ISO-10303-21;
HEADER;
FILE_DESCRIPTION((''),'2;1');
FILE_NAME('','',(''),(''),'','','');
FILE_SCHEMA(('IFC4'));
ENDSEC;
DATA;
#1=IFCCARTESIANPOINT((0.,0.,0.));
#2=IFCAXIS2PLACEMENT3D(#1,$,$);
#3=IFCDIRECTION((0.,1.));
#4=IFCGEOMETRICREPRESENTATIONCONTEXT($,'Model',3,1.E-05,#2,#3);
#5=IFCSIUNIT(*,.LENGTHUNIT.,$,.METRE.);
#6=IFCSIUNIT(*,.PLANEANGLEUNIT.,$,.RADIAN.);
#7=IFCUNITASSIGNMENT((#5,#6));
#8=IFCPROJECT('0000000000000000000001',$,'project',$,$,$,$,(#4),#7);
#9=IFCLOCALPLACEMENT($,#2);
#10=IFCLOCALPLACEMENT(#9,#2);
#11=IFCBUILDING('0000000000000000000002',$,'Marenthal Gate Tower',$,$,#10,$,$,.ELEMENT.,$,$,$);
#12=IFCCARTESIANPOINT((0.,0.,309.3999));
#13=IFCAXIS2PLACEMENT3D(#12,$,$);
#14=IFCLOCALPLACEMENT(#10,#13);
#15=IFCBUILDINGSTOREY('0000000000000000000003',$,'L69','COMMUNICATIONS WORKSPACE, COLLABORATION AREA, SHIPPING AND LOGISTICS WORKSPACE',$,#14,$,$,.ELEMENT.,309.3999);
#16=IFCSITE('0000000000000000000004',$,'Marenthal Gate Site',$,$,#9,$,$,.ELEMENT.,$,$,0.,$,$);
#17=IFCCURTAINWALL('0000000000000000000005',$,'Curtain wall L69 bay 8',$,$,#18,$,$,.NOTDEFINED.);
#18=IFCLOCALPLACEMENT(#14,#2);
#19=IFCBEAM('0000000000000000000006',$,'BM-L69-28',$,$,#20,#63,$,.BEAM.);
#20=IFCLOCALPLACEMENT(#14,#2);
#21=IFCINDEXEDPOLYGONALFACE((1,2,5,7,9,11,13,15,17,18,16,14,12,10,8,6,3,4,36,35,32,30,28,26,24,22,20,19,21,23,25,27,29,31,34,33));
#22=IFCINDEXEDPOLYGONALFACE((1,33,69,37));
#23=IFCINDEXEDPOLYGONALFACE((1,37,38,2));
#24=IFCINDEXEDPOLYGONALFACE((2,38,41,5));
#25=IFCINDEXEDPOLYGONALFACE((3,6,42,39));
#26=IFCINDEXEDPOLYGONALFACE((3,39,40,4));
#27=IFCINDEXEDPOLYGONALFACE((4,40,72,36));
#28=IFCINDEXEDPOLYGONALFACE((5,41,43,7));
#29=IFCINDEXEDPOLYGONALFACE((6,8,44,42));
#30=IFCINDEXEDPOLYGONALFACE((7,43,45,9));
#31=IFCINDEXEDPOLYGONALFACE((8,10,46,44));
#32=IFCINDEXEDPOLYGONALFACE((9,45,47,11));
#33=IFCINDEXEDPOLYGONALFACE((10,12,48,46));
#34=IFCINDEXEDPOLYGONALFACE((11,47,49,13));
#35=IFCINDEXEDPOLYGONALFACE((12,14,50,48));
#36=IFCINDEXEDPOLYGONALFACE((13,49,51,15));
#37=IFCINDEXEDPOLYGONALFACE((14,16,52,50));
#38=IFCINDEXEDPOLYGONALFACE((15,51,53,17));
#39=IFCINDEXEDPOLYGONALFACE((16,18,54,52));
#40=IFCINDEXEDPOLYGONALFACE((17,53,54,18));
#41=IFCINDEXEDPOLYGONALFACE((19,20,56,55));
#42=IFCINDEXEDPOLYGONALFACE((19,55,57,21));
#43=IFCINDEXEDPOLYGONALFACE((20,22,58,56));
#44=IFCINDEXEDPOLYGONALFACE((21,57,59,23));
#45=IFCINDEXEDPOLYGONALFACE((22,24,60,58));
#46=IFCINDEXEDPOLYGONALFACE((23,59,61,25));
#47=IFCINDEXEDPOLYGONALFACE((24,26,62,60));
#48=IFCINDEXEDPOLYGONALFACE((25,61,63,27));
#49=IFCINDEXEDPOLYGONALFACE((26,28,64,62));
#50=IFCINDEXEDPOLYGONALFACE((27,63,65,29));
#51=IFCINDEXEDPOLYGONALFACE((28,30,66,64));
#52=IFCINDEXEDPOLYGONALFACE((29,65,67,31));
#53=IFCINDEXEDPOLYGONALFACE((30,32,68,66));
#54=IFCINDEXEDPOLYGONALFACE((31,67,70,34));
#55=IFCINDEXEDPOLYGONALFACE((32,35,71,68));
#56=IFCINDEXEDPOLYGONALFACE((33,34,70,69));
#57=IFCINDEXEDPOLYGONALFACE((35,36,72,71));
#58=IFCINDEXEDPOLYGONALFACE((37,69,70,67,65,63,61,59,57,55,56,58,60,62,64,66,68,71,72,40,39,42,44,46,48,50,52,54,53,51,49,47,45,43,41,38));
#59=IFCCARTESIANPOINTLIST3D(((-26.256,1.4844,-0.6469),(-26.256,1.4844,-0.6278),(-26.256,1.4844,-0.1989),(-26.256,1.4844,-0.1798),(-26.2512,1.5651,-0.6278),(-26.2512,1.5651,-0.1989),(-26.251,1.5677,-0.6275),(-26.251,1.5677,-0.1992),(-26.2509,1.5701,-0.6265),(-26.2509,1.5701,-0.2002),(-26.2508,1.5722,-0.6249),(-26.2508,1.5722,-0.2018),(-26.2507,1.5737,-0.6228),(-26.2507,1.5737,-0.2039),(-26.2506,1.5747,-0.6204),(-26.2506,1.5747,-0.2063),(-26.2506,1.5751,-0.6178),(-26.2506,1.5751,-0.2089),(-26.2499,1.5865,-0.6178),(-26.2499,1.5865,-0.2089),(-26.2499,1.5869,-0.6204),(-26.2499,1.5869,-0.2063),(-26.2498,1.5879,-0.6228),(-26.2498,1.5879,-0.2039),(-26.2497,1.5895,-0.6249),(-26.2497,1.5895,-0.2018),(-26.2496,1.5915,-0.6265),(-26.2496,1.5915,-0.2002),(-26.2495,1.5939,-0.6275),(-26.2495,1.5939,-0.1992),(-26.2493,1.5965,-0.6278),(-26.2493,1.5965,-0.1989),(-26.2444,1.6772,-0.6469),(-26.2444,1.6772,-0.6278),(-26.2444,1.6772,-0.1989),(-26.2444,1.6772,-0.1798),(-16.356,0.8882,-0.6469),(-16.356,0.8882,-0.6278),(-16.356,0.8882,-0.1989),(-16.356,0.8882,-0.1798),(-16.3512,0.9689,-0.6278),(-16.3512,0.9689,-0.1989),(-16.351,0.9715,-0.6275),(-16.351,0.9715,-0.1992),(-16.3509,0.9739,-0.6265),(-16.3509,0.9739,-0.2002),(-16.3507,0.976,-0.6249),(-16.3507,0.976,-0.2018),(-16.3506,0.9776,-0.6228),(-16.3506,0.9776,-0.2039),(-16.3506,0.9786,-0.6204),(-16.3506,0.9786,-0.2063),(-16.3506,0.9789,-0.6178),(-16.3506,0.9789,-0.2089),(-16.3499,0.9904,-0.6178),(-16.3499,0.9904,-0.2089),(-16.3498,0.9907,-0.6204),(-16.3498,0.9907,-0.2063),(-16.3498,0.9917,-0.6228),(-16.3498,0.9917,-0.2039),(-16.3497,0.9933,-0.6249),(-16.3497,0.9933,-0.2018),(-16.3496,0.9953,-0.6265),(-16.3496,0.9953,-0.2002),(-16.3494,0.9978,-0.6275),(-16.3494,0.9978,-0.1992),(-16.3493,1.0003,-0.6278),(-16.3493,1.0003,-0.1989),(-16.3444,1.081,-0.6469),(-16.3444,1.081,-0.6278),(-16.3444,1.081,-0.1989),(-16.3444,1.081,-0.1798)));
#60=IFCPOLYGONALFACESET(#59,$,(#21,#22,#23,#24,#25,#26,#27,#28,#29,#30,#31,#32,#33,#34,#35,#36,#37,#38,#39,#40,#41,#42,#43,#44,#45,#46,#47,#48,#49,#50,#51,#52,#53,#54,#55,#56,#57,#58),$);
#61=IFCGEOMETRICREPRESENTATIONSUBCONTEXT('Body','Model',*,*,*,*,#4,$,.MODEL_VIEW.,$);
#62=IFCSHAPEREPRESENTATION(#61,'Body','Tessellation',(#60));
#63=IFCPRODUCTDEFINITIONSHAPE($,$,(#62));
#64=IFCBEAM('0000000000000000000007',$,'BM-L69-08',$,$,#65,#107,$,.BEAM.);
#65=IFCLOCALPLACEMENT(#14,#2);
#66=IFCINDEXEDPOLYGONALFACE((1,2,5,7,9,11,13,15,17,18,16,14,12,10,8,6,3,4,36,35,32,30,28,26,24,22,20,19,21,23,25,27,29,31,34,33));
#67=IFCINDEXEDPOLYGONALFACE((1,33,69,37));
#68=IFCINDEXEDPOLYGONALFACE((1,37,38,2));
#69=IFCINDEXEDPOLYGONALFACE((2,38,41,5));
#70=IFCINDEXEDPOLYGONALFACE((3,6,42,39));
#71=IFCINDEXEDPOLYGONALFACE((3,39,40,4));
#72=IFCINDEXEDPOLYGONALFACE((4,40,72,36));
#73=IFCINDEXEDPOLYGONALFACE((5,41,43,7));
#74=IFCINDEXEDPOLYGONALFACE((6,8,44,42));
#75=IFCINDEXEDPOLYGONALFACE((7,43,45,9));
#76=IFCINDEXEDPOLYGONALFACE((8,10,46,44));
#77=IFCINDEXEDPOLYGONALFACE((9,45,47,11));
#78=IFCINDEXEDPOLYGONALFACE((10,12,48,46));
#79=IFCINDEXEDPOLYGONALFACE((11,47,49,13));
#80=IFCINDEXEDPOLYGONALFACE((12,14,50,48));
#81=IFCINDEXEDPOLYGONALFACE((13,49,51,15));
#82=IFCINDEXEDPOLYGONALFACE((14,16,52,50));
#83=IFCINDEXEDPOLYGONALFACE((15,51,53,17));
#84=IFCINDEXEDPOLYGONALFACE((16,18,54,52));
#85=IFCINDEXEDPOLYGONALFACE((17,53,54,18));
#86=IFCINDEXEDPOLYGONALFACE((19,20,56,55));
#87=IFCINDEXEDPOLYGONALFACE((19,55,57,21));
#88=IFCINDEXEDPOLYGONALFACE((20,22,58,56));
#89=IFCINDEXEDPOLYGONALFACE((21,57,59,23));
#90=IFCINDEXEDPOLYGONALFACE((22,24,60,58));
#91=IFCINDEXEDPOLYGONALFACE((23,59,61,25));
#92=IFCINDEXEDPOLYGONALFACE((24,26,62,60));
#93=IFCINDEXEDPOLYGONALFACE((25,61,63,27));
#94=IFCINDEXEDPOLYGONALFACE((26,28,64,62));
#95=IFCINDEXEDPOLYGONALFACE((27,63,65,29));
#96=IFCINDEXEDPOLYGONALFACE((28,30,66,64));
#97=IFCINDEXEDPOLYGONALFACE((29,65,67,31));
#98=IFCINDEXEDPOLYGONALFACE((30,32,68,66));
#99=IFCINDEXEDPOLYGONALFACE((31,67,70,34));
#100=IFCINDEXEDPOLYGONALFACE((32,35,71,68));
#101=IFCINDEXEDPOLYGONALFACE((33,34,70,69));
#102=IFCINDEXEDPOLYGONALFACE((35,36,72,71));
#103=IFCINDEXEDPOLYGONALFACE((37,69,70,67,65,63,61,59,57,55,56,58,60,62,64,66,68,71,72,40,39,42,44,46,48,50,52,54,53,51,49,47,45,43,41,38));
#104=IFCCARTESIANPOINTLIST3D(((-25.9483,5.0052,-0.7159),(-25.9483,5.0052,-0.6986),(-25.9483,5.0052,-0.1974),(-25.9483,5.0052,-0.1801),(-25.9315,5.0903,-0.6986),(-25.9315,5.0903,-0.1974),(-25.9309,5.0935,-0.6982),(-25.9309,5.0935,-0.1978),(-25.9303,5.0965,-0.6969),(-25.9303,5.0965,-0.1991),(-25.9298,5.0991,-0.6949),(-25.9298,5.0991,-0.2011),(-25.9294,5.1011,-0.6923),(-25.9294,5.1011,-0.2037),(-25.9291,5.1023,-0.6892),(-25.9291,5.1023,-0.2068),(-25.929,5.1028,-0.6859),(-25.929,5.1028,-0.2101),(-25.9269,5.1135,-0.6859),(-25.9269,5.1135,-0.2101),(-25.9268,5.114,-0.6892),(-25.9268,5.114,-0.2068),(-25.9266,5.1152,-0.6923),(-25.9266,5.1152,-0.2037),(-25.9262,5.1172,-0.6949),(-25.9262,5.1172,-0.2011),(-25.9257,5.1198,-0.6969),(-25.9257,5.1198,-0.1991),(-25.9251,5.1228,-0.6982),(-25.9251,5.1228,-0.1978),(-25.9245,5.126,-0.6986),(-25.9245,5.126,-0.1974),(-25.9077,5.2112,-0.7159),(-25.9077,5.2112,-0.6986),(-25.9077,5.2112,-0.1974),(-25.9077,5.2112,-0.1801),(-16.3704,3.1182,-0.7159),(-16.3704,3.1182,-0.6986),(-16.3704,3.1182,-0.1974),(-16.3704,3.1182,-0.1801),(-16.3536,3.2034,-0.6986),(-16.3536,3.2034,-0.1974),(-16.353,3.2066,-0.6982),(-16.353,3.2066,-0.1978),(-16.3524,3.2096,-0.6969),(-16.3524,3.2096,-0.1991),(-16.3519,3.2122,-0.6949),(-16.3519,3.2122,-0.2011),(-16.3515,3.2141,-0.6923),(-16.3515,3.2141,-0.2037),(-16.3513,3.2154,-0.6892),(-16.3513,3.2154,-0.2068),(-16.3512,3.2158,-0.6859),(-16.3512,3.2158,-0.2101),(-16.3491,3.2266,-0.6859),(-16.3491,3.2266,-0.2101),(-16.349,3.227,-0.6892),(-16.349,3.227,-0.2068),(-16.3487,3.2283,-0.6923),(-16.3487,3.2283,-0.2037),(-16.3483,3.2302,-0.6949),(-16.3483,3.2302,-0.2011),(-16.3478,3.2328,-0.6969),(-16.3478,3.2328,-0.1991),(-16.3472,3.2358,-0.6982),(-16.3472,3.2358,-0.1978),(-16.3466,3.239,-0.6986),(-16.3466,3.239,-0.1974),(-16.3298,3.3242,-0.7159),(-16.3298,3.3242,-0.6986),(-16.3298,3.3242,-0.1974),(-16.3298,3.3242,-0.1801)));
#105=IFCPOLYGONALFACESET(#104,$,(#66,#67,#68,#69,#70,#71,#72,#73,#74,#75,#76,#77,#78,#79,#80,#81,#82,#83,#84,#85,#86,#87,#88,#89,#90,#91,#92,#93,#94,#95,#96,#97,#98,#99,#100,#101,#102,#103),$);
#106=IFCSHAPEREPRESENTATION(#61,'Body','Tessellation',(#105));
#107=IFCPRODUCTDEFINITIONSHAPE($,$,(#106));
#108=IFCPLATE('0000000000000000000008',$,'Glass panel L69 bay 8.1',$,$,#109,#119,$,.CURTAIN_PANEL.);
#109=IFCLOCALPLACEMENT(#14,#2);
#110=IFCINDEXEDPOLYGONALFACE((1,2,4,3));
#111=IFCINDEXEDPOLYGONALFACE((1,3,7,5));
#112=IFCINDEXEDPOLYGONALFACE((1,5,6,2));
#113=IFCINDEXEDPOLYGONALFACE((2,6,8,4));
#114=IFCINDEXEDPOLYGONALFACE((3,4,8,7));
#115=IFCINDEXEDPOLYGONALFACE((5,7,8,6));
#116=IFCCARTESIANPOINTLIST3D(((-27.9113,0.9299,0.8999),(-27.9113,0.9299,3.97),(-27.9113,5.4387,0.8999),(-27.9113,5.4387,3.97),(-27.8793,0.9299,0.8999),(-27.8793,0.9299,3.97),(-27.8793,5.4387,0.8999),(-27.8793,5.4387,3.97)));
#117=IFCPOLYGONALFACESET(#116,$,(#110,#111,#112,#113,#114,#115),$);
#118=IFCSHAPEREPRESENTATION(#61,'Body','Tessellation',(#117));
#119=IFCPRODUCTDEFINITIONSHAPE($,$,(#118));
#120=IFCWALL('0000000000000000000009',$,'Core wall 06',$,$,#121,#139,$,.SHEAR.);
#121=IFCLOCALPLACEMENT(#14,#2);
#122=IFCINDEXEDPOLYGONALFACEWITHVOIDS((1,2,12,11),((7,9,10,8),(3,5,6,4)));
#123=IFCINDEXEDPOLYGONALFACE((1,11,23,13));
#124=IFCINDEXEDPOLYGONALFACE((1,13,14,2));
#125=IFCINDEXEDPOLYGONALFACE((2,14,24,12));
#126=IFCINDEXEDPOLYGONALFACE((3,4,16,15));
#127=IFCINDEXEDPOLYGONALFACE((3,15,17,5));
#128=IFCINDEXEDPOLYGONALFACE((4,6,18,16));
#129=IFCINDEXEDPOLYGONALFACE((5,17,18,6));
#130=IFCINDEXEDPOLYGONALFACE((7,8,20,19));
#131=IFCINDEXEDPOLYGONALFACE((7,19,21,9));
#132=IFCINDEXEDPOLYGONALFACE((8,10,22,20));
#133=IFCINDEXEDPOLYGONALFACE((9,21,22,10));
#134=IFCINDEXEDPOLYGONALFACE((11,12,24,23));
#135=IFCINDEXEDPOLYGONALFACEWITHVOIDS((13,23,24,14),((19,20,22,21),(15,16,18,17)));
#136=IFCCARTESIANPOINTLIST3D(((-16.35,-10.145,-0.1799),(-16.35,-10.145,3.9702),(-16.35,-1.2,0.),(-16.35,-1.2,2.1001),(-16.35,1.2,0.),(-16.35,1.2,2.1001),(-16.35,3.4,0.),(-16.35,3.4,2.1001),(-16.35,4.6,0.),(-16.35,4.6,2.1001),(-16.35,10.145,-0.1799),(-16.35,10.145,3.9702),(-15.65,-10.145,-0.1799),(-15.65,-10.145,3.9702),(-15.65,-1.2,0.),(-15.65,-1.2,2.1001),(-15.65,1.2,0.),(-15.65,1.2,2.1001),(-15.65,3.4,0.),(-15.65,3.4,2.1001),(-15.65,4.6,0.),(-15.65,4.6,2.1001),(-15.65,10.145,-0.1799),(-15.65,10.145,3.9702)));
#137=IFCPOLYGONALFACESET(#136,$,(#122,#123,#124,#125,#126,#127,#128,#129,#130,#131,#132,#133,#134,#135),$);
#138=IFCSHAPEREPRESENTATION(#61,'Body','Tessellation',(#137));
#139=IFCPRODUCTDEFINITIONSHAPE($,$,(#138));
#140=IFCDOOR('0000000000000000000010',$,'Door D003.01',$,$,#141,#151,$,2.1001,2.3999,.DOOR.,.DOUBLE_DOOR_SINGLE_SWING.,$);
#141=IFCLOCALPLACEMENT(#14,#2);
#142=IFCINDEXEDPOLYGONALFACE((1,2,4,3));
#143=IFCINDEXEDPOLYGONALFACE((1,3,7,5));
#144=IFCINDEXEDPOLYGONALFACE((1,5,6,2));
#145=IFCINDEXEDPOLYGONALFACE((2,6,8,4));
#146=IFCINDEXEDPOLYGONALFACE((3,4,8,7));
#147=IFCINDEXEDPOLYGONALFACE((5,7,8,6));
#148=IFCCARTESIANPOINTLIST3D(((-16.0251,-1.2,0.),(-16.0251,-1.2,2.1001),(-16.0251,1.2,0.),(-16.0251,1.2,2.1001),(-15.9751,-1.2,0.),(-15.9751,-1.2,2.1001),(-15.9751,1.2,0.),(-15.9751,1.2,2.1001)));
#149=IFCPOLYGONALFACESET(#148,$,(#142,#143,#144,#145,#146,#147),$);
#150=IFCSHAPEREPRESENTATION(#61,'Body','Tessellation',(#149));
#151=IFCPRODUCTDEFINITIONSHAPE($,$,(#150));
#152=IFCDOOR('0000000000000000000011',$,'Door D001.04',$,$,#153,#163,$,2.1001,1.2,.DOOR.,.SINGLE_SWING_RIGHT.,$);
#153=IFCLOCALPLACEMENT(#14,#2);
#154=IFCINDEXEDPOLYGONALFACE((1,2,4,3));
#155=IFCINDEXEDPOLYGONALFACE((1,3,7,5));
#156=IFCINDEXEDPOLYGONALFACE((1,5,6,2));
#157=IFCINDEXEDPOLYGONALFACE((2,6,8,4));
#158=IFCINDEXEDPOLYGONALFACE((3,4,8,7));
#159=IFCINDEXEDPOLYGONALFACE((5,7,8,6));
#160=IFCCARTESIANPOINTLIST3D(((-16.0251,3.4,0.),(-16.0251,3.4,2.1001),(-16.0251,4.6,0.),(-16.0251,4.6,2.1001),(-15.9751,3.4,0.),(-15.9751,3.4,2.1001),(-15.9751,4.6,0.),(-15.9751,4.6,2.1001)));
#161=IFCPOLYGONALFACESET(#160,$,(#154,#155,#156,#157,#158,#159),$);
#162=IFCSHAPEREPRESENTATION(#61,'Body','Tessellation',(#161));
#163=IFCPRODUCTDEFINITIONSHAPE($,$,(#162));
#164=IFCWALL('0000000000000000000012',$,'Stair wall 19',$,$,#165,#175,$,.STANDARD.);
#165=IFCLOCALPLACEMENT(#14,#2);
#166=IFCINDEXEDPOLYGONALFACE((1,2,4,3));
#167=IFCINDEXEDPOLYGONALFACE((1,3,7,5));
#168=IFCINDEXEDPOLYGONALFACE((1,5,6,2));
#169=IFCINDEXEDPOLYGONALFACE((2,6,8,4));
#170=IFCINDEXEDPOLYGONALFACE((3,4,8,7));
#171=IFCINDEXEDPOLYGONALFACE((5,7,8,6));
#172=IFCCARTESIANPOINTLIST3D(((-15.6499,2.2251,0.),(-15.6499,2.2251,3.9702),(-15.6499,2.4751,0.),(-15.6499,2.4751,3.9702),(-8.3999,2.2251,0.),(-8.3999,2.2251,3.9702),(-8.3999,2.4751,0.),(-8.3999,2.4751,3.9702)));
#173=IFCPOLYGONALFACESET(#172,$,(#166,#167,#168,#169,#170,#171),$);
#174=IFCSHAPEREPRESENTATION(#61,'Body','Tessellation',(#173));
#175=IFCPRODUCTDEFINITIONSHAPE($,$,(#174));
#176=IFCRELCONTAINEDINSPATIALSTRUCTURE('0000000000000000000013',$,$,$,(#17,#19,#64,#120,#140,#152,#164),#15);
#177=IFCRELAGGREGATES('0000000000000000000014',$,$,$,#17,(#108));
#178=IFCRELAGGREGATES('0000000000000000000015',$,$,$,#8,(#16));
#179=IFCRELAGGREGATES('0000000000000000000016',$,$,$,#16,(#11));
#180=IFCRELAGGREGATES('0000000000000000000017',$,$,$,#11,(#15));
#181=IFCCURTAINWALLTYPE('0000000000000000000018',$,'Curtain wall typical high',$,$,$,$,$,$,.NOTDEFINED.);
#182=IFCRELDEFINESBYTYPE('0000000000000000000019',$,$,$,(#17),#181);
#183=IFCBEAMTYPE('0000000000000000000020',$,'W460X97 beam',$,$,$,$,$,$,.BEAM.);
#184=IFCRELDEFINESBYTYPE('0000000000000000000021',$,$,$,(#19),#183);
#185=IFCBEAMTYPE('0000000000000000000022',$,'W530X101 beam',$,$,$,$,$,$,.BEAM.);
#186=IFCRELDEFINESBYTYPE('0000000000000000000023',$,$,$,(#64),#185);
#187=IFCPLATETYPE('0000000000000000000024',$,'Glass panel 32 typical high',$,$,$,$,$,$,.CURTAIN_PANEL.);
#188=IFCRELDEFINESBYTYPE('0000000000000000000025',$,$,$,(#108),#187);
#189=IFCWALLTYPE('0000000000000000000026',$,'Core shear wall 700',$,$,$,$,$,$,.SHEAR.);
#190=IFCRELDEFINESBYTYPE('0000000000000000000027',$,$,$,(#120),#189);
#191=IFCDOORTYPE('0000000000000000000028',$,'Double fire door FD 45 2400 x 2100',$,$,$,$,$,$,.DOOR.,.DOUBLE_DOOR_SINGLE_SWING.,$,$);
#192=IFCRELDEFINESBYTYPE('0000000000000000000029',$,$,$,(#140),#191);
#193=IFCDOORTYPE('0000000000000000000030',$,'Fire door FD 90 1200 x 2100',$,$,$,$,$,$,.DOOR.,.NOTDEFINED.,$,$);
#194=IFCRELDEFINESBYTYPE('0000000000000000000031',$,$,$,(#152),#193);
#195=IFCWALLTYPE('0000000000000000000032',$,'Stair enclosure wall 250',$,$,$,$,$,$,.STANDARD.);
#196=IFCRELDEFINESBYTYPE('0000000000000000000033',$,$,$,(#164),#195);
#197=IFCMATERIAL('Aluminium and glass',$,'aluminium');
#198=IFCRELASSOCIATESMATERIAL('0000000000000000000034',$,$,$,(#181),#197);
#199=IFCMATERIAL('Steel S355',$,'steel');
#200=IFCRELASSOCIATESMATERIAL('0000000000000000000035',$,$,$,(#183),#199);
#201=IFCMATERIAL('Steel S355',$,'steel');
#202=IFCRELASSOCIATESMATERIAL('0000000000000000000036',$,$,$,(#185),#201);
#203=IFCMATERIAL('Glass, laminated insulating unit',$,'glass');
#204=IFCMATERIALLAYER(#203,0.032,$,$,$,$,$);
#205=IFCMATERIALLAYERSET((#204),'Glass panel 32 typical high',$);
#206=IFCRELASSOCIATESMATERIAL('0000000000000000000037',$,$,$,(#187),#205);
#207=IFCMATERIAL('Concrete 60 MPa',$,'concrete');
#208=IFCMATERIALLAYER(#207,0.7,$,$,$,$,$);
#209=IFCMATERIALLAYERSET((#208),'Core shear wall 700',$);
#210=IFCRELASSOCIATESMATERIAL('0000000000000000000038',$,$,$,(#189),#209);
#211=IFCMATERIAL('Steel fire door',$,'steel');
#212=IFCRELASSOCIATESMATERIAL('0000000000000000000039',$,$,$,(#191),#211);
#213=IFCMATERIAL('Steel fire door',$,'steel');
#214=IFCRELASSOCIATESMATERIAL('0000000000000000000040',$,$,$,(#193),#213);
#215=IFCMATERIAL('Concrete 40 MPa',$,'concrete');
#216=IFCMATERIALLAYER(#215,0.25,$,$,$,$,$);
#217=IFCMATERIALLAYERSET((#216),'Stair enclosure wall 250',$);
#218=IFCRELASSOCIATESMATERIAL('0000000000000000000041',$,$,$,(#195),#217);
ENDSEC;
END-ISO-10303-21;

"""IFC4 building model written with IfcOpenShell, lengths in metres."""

from ifc_helpers import new_model, si_unit, direction, frame, frame_2d, origin, origin_2d, place, context, subcontext, project, spatial, rectangle, i_section, extrude, material, layer, layer_set, material_profile, profile_set, type_object, element, fill, aggregate, save


model = new_model("IFC4")

# Units and contexts
model_context = context("Model", 3, precision=1e-05, world=origin(), true_north=direction((0.0, 1.0)))
body_context = subcontext(model_context, "Body", "Model", "MODEL_VIEW")
ifc_project = project(units=[si_unit("LENGTHUNIT", "METRE"), si_unit("PLANEANGLEUNIT", "RADIAN")], contexts=[model_context])

# Site, building, storey
site_placement = place(None, origin())
site = spatial("IfcSite", under=ifc_project, at=site_placement, Name="Marenthal Gate Site", CompositionType="ELEMENT", RefElevation=0.0)
building_placement = place(site_placement, origin())
building = spatial("IfcBuilding", under=site, at=building_placement, Name="Marenthal Gate Tower", CompositionType="ELEMENT")
storey_placement = place(building_placement, frame((0.0, 0.0, 309.3999)))
storey = spatial("IfcBuildingStorey", under=building, at=storey_placement, Name="L69", Description="COMMUNICATIONS WORKSPACE, COLLABORATION AREA, SHIPPING AND LOGISTICS WORKSPACE", CompositionType="ELEMENT", Elevation=309.3999)

# Curtain wall
ifc_material_1 = material(Name="Aluminium and glass", Category="aluminium")
curtain_wall_type = type_object("IfcCurtainWallType", Name="Curtain wall typical high", PredefinedType="NOTDEFINED", material=ifc_material_1)
curtain_wall_placement = place(storey_placement, origin())
curtain_wall = element("IfcCurtainWall", 1, at=curtain_wall_placement, inside=storey, type_object=curtain_wall_type, Name="Curtain wall L69 bay 8", PredefinedType="NOTDEFINED")

# Beams
ifc_material_2 = material(Name="Steel S355", Category="steel")
ifc_material_profile_1 = material_profile(ifc_material_2, i_section(OverallWidth=0.1931, OverallDepth=0.467, WebThickness=0.0115, FlangeThickness=0.019, FilletRadius=0.01, at=origin_2d()), Name="W460X97")
ifc_profile_set_1 = profile_set([ifc_material_profile_1], Name="Steel S355")
beam_type_1 = type_object("IfcBeamType", Name="W460X97 beam", PredefinedType="BEAM", material=ifc_profile_set_1)
beam_1_placement = place(storey_placement, frame((-26.2502, 1.5808, -0.4133), z_axis=(0.998192, -0.060112, 0.0), x_axis=(0.060112, 0.998192, 0.0)))
element("IfcBeam", 2, at=beam_1_placement, inside=storey, type_object=beam_type_1, Name="BM-L69-28", PredefinedType="BEAM", context=body_context, shape_type="SweptSolid", body=[
    extrude(i_section(OverallWidth=0.1931, OverallDepth=0.467, WebThickness=0.0115, FlangeThickness=0.019, FilletRadius=0.01, at=origin_2d()), origin(), (0.0, 0.0, 1.0), 9.918),
])
ifc_material_3 = material(Name="Steel S355", Category="steel")
ifc_material_profile_2 = material_profile(ifc_material_3, i_section(OverallWidth=0.21, OverallDepth=0.5359, WebThickness=0.011, FlangeThickness=0.0173, FilletRadius=0.0127, at=origin_2d()), Name="W530X101")
ifc_profile_set_2 = profile_set([ifc_material_profile_2], Name="Steel S355")
beam_type_2 = type_object("IfcBeamType", Name="W530X101 beam", PredefinedType="BEAM", material=ifc_profile_set_2)
beam_2_placement = place(storey_placement, frame((-25.928, 5.1082, -0.448), z_axis=(0.98114, -0.193297, 0.0), x_axis=(0.193297, 0.98114, 0.0)))
element("IfcBeam", 3, at=beam_2_placement, inside=storey, type_object=beam_type_2, Name="BM-L69-08", PredefinedType="BEAM", context=body_context, shape_type="SweptSolid", body=[
    extrude(i_section(OverallWidth=0.21, OverallDepth=0.5359, WebThickness=0.011, FlangeThickness=0.0173, FilletRadius=0.0127, at=origin_2d()), origin(), (0.0, 0.0, 1.0), 9.762),
])

# Plate
ifc_material_4 = material(Name="Glass, laminated insulating unit", Category="glass")
ifc_layer_1 = layer(ifc_material_4, 0.032)
ifc_layer_set_1 = layer_set([ifc_layer_1], Name="Glass panel 32 typical high")
plate_type = type_object("IfcPlateType", Name="Glass panel 32 typical high", PredefinedType="CURTAIN_PANEL", material=ifc_layer_set_1)
plate_placement = place(storey_placement, frame((-27.8953, 3.1843, 0.8999), z_axis=(0.0, 0.0, 1.0), x_axis=(0.0, -1.0, 0.0)))
plate = element("IfcPlate", 4, at=plate_placement, type_object=plate_type, Name="Glass panel L69 bay 8.1", PredefinedType="CURTAIN_PANEL", context=body_context, shape_type="SweptSolid", body=[
    extrude(rectangle(XDim=4.5088, YDim=0.032, at=origin_2d()), origin(), (0.0, 0.0, 1.0), 3.0701),
])
aggregate(curtain_wall, [plate])

# Wall, openings, doors
ifc_material_5 = material(Name="Concrete 60 MPa", Category="concrete")
ifc_layer_2 = layer(ifc_material_5, 0.7)
ifc_layer_set_2 = layer_set([ifc_layer_2], Name="Core shear wall 700")
wall_type_1 = type_object("IfcWallType", Name="Core shear wall 700", PredefinedType="SHEAR", material=ifc_layer_set_2)
wall_1_placement = place(storey_placement, frame((-16.0, 10.145, -0.1799), z_axis=(0.0, 0.0, 1.0), x_axis=(0.0, -1.0, 0.0)))
wall_1 = element("IfcWall", 5, at=wall_1_placement, inside=storey, type_object=wall_type_1, Name="Core wall 06", PredefinedType="SHEAR", context=body_context, shape_type="SweptSolid", body=[
    extrude(rectangle(XDim=20.29, YDim=0.7, at=frame_2d((10.145, 0.0))), origin(), (0.0, 0.0, 1.0), 4.1501),
])
opening_1_placement = place(wall_1_placement, frame((8.9451, 0.0, 0.1799)))
opening_1 = element("IfcOpeningElement", 6, at=opening_1_placement, cuts=wall_1, PredefinedType="OPENING", context=body_context, shape_type="SweptSolid", body=[
    extrude(rectangle(XDim=2.3999, YDim=2.1001, at=frame_2d((1.2, 1.05))), frame((0.0, 0.3599, 0.0), z_axis=(0.0, -1.0, 0.0), x_axis=(1.0, 0.0, 0.0)), (0.0, 0.0, 1.0), 0.72),
])
opening_2_placement = place(wall_1_placement, frame((5.5449, 0.0, 0.1799)))
opening_2 = element("IfcOpeningElement", 7, at=opening_2_placement, cuts=wall_1, PredefinedType="OPENING", context=body_context, shape_type="SweptSolid", body=[
    extrude(rectangle(XDim=1.2, YDim=2.1001, at=frame_2d((0.6001, 1.05))), frame((0.0, 0.3599, 0.0), z_axis=(0.0, -1.0, 0.0), x_axis=(1.0, 0.0, 0.0)), (0.0, 0.0, 1.0), 0.72),
])
ifc_material_6 = material(Name="Steel fire door", Category="steel")
door_type_1 = type_object("IfcDoorType", Name="Double fire door FD 45 2400 x 2100", OperationType="DOUBLE_DOOR_SINGLE_SWING", PredefinedType="DOOR", material=ifc_material_6)
door_1_placement = place(opening_1_placement, origin())
door_1 = element("IfcDoor", 8, at=door_1_placement, inside=storey, type_object=door_type_1, Name="Door D003.01", OperationType="DOUBLE_DOOR_SINGLE_SWING", OverallHeight=2.1001, OverallWidth=2.3999, PredefinedType="DOOR", context=body_context, shape_type="SweptSolid", body=[
    extrude(rectangle(XDim=2.3999, YDim=2.1001, at=frame_2d((1.2, 1.05))), frame((0.0, 0.0249, 0.0), z_axis=(0.0, -1.0, 0.0), x_axis=(1.0, 0.0, 0.0)), (0.0, 0.0, 1.0), 0.05),
])
fill(opening_1, door_1)
ifc_material_7 = material(Name="Steel fire door", Category="steel")
door_type_2 = type_object("IfcDoorType", Name="Fire door FD 90 1200 x 2100", OperationType="NOTDEFINED", PredefinedType="DOOR", material=ifc_material_7)
door_2_placement = place(opening_2_placement, origin())
door_2 = element("IfcDoor", 9, at=door_2_placement, inside=storey, type_object=door_type_2, Name="Door D001.04", OperationType="SINGLE_SWING_RIGHT", OverallHeight=2.1001, OverallWidth=1.2, PredefinedType="DOOR", context=body_context, shape_type="SweptSolid", body=[
    extrude(rectangle(XDim=1.2, YDim=2.1001, at=frame_2d((0.6001, 1.05))), frame((0.0, 0.0249, 0.0), z_axis=(0.0, -1.0, 0.0), x_axis=(1.0, 0.0, 0.0)), (0.0, 0.0, 1.0), 0.05),
])
fill(opening_2, door_2)

# Wall
ifc_material_8 = material(Name="Concrete 40 MPa", Category="concrete")
ifc_layer_3 = layer(ifc_material_8, 0.25)
ifc_layer_set_3 = layer_set([ifc_layer_3], Name="Stair enclosure wall 250")
wall_type_2 = type_object("IfcWallType", Name="Stair enclosure wall 250", PredefinedType="STANDARD", material=ifc_layer_set_3)
wall_2_placement = place(storey_placement, frame((-15.6499, 2.3501, 0.0), z_axis=(0.0, 0.0, 1.0), x_axis=(1.0, 0.0, 0.0)))
element("IfcWall", 10, at=wall_2_placement, inside=storey, type_object=wall_type_2, Name="Stair wall 19", PredefinedType="STANDARD", context=body_context, shape_type="SweptSolid", body=[
    extrude(rectangle(XDim=7.25, YDim=0.25, at=frame_2d((3.625, 0.0))), origin(), (0.0, 0.0, 1.0), 3.9702),
])

save(model, "model.ifc")
